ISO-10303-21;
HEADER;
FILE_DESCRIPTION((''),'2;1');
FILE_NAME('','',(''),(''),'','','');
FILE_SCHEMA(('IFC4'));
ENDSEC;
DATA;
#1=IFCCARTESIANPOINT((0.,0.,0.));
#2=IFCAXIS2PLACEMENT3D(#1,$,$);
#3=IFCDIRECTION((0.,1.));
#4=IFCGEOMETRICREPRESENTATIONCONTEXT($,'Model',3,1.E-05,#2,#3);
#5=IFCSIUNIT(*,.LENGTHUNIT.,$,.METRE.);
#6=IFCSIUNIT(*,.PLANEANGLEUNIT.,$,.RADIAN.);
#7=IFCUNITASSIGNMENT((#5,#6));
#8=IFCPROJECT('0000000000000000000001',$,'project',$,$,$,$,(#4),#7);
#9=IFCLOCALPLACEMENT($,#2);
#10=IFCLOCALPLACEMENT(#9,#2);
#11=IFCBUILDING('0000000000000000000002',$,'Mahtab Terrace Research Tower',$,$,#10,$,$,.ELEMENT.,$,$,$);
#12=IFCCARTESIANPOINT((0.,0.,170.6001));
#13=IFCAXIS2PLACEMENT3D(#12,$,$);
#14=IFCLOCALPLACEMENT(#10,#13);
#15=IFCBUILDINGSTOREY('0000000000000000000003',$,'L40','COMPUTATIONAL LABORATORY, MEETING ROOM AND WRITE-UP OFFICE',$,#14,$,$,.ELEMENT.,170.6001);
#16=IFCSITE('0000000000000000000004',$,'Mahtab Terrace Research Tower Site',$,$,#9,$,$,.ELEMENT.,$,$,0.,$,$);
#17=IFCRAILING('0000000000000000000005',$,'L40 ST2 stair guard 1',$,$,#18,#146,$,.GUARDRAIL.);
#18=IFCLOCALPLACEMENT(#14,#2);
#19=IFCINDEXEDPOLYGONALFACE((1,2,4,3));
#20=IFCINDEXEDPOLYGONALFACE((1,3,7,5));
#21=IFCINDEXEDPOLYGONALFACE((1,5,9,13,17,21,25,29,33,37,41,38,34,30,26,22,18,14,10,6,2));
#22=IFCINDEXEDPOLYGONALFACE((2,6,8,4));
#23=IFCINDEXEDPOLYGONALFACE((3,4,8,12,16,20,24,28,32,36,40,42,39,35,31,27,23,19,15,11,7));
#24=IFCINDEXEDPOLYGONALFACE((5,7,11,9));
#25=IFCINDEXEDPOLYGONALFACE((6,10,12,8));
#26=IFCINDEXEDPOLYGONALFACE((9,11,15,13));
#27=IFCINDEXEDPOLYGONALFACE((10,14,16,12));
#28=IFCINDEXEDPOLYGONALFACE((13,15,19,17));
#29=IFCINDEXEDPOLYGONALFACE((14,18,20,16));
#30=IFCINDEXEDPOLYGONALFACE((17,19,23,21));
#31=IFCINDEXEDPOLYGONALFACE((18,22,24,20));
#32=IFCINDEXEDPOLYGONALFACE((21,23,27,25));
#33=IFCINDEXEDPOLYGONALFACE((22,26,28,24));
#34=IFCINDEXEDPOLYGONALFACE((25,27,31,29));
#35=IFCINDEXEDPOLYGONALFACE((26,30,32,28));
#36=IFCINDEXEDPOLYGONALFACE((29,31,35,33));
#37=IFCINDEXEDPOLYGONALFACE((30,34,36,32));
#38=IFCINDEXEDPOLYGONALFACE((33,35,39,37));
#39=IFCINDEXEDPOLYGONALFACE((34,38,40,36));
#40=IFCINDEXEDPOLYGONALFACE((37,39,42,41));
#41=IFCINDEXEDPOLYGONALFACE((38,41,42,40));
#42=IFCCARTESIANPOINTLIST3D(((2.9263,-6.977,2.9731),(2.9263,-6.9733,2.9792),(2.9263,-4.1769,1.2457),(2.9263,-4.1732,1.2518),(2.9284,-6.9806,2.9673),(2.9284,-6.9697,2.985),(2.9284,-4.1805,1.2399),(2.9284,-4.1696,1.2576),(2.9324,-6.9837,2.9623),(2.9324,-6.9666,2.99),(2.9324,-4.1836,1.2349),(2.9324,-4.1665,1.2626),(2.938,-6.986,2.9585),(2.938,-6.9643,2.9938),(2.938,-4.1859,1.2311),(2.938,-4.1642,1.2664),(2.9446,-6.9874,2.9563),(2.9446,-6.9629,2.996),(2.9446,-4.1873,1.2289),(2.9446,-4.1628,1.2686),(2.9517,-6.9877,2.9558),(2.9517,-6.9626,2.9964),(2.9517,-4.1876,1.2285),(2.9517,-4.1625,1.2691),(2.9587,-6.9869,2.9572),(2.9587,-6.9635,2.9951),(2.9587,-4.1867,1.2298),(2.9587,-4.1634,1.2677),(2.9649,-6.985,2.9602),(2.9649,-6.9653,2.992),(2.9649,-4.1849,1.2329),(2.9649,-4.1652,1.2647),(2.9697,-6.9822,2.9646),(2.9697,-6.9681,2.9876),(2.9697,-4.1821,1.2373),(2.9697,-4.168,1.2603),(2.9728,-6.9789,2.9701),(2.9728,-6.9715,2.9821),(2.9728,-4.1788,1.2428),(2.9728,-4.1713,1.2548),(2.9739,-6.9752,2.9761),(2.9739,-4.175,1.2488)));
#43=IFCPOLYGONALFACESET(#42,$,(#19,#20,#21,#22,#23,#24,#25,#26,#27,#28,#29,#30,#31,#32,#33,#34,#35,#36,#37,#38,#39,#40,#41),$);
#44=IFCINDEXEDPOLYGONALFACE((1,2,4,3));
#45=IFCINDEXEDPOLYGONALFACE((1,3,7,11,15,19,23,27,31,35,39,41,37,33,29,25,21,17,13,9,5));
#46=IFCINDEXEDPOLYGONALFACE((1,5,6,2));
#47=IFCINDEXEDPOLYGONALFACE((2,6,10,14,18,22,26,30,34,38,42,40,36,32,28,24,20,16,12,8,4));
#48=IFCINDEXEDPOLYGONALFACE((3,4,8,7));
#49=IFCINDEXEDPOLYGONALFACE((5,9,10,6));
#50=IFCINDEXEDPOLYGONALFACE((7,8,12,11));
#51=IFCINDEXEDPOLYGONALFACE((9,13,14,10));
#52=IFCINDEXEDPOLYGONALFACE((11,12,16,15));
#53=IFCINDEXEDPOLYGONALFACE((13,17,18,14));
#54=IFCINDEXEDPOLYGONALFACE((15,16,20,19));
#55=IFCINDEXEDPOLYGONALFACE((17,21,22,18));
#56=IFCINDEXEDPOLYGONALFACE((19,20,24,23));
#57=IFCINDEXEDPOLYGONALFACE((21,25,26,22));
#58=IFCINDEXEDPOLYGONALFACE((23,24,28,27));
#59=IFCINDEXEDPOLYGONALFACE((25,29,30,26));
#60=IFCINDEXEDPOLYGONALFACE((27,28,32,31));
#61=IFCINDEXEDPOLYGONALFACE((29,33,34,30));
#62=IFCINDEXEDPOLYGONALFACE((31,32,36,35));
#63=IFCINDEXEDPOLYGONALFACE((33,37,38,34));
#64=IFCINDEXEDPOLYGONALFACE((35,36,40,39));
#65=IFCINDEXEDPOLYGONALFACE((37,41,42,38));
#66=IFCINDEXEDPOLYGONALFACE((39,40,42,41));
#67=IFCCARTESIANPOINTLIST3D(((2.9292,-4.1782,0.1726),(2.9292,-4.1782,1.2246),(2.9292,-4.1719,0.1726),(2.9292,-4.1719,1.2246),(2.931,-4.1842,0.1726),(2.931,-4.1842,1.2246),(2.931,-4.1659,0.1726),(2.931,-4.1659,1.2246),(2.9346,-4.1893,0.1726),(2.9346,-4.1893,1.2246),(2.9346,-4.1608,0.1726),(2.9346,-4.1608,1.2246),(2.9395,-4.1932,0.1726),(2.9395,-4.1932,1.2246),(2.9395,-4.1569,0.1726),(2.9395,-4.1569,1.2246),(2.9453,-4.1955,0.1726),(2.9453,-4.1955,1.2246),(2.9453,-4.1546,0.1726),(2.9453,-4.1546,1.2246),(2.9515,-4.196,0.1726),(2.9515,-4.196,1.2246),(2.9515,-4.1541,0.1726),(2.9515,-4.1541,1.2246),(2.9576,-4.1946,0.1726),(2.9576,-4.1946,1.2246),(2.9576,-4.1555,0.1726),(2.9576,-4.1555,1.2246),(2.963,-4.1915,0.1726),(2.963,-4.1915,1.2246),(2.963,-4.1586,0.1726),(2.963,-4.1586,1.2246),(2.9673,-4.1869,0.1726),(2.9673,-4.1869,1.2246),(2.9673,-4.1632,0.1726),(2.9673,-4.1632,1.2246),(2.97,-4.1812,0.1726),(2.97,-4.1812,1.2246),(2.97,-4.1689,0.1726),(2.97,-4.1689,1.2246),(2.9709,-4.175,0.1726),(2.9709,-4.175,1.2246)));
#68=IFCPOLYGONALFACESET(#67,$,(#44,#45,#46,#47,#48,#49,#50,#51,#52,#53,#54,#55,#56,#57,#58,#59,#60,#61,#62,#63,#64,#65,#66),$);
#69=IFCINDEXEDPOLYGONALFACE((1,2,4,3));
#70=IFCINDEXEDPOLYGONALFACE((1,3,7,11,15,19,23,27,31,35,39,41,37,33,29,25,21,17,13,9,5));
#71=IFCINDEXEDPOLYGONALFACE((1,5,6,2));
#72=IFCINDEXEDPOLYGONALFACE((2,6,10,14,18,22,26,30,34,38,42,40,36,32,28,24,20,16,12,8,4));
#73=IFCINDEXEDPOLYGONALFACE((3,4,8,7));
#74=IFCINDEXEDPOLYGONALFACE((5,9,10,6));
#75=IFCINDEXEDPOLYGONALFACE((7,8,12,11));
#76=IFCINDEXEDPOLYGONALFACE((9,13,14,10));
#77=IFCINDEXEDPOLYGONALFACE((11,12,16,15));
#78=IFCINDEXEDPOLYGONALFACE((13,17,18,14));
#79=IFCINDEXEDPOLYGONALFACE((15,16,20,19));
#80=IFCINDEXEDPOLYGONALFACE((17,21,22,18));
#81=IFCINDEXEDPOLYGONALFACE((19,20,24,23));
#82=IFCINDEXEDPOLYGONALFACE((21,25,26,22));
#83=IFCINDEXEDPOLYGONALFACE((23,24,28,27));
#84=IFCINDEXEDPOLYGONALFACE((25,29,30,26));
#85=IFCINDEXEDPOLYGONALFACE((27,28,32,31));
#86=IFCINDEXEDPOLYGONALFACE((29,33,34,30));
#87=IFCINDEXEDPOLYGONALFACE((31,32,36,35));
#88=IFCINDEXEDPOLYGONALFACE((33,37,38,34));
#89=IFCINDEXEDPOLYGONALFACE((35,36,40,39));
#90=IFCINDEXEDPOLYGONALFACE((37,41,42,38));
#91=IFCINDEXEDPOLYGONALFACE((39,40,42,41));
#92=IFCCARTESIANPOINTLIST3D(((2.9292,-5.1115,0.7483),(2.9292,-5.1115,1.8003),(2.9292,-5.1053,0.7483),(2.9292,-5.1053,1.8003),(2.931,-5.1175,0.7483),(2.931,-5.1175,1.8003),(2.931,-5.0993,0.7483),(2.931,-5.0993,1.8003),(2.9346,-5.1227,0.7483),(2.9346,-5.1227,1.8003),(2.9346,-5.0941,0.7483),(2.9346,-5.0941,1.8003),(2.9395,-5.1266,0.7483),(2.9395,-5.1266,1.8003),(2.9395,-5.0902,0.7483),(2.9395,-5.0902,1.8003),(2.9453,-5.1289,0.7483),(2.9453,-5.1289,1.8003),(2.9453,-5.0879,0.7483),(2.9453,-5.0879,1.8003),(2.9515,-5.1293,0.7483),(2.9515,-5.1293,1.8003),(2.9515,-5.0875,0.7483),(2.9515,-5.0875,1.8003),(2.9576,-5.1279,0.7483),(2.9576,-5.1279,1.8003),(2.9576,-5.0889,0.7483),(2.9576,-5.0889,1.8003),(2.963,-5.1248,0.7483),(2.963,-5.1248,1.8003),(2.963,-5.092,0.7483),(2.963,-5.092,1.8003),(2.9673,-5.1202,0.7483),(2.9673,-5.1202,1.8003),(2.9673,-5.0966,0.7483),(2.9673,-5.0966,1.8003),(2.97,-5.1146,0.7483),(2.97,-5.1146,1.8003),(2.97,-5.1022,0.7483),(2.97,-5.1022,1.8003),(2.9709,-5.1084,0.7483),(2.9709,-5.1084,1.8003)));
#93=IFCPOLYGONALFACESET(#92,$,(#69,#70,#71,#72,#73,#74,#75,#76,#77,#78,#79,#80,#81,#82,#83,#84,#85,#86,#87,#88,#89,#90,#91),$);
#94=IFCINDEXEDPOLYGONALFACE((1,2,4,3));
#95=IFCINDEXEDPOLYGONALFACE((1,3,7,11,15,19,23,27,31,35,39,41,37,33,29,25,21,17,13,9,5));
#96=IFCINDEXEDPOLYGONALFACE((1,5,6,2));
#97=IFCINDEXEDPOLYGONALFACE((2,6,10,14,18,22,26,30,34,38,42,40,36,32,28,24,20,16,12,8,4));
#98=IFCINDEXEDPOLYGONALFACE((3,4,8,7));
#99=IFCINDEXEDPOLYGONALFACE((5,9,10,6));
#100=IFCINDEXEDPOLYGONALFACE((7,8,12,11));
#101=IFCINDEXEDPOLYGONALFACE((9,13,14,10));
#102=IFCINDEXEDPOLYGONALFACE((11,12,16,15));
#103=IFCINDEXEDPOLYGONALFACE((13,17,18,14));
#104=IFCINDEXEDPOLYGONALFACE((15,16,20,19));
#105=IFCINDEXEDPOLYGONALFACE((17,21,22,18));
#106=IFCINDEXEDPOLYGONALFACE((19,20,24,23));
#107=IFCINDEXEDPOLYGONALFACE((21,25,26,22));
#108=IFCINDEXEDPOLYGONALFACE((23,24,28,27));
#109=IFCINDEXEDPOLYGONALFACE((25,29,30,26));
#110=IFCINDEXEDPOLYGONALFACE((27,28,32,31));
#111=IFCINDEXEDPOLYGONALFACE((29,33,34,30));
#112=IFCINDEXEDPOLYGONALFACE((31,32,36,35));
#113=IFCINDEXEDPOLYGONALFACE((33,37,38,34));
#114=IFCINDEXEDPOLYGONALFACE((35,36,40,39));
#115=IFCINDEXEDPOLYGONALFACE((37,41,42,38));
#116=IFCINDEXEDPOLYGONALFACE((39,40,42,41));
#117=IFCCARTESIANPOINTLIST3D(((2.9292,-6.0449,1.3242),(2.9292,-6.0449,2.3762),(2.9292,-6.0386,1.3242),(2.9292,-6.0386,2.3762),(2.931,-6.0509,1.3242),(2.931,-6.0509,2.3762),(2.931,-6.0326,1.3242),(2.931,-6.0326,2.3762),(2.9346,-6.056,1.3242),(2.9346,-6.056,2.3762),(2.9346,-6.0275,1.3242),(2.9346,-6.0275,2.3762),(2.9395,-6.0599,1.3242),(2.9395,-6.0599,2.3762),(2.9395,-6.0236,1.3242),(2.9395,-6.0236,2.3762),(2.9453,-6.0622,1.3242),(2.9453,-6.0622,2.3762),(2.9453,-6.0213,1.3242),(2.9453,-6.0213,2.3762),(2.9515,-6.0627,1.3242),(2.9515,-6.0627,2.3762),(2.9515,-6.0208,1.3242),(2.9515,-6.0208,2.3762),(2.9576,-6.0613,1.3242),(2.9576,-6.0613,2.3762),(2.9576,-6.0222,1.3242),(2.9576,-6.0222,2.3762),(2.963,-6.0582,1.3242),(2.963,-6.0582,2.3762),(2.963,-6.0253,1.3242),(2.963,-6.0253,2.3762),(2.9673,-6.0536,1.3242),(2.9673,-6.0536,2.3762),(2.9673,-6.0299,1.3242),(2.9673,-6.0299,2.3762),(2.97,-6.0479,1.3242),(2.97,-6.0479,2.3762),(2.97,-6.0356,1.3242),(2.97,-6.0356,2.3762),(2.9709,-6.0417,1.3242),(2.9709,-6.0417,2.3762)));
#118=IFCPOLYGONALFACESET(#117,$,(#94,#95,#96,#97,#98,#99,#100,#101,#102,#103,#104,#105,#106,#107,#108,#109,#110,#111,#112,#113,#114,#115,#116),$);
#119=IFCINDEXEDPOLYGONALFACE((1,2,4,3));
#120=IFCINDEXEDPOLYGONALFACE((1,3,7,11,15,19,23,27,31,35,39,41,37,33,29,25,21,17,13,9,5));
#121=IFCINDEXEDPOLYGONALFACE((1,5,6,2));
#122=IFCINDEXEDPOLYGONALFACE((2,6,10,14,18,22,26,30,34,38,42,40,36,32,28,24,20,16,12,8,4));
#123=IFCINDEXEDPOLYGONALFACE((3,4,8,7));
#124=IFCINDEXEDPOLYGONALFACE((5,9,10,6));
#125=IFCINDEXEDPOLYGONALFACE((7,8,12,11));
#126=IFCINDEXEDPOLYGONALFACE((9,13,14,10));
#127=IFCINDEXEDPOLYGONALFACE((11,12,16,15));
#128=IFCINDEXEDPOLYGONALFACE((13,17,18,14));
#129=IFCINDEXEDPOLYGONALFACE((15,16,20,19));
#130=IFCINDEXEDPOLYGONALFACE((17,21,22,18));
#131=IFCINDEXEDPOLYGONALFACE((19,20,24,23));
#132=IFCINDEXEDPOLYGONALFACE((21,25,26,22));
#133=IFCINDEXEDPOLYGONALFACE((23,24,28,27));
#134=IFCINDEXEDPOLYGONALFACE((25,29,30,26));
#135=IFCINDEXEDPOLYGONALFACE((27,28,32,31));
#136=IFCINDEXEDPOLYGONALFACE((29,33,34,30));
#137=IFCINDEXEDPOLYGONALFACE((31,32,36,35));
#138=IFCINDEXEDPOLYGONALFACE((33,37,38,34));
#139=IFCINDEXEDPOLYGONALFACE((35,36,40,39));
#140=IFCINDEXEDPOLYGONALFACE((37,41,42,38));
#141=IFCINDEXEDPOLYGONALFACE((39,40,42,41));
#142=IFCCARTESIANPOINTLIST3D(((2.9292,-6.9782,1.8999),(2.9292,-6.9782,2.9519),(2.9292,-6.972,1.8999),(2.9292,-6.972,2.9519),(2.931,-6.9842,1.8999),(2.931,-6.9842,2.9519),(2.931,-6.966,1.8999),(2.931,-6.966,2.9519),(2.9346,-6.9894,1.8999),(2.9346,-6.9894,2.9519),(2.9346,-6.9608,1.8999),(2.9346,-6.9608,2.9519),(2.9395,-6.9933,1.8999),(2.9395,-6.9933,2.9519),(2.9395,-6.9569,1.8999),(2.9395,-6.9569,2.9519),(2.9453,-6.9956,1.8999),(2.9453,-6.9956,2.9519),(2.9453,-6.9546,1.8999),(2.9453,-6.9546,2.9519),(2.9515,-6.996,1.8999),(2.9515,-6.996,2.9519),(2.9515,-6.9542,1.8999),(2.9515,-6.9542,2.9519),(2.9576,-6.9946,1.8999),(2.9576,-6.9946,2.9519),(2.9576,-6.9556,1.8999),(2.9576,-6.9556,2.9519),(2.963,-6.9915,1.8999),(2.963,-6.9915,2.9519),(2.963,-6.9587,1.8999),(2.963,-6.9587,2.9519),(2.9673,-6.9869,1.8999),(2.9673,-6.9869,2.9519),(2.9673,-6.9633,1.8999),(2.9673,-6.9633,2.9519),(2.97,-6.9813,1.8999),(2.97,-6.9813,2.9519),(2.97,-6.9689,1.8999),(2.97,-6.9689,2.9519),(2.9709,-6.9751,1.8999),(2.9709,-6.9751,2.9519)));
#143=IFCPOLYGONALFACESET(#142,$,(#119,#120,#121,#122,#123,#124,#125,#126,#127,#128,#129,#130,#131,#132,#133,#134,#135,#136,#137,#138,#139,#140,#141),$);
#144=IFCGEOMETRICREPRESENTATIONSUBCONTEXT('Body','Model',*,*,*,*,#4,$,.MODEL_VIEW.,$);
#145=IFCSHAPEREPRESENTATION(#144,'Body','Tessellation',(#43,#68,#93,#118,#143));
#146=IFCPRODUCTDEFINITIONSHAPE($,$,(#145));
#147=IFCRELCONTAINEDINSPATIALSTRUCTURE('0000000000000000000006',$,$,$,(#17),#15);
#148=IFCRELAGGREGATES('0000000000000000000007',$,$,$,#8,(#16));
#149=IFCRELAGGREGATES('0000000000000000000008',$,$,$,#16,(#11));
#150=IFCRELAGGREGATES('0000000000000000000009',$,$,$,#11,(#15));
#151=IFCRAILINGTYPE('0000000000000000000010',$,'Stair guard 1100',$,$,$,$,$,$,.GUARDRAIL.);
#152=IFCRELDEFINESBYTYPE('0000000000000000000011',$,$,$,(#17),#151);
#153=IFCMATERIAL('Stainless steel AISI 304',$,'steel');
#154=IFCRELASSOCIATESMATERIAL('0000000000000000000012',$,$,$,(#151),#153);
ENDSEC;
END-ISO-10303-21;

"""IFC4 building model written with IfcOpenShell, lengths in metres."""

from ifc_helpers import new_model, si_unit, direction, frame, origin, origin_2d, place, context, subcontext, project, spatial, circle, extrude, material, type_object, element, save


model = new_model("IFC4")

# Units and contexts
model_context = context("Model", 3, precision=1e-05, world=origin(), true_north=direction((0.0, 1.0)))
body_context = subcontext(model_context, "Body", "Model", "MODEL_VIEW")
ifc_project = project(units=[si_unit("LENGTHUNIT", "METRE"), si_unit("PLANEANGLEUNIT", "RADIAN")], contexts=[model_context])

# Site, building, storey
site_placement = place(None, origin())
site = spatial("IfcSite", under=ifc_project, at=site_placement, Name="Mahtab Terrace Research Tower Site", CompositionType="ELEMENT", RefElevation=0.0)
building_placement = place(site_placement, origin())
building = spatial("IfcBuilding", under=site, at=building_placement, Name="Mahtab Terrace Research Tower", CompositionType="ELEMENT")
storey_placement = place(building_placement, frame((0.0, 0.0, 170.6001)))
storey = spatial("IfcBuildingStorey", under=building, at=storey_placement, Name="L40", Description="COMPUTATIONAL LABORATORY, MEETING ROOM AND WRITE-UP OFFICE", CompositionType="ELEMENT", Elevation=170.6001)

# Railing
ifc_material_1 = material(Name="Stainless steel AISI 304", Category="steel")
railing_type_1 = type_object("IfcRailingType", Name="Stair guard 1100", PredefinedType="GUARDRAIL", material=ifc_material_1)
railing_1_placement = place(storey_placement, frame((2.95, -4.175, 0.1726)))
element("IfcRailing", 1, at=railing_1_placement, inside=storey, type_object=railing_type_1, Name="L40 ST2 stair guard 1", PredefinedType="GUARDRAIL", context=body_context, shape_type="SweptSolid", body=[
    extrude(circle(Radius=0.0239, at=origin_2d()), frame((0.0, 0.0, 1.0762), z_axis=(0.0, -0.85109, 0.52502), x_axis=(1.0, 0.0, 0.0)), (0.0, 0.0, 1.0), 3.29),
    extrude(circle(Radius=0.021, at=origin_2d()), origin(), (0.0, 0.0, 1.0), 1.052),
    extrude(circle(Radius=0.021, at=origin_2d()), frame((0.0, -0.9333, 0.5757)), (0.0, 0.0, 1.0), 1.052),
    extrude(circle(Radius=0.021, at=origin_2d()), frame((0.0, -1.8667, 1.1516)), (0.0, 0.0, 1.0), 1.052),
    extrude(circle(Radius=0.021, at=origin_2d()), frame((0.0, -2.8, 1.7273)), (0.0, 0.0, 1.0), 1.052),
])

save(model, "model.ifc")
